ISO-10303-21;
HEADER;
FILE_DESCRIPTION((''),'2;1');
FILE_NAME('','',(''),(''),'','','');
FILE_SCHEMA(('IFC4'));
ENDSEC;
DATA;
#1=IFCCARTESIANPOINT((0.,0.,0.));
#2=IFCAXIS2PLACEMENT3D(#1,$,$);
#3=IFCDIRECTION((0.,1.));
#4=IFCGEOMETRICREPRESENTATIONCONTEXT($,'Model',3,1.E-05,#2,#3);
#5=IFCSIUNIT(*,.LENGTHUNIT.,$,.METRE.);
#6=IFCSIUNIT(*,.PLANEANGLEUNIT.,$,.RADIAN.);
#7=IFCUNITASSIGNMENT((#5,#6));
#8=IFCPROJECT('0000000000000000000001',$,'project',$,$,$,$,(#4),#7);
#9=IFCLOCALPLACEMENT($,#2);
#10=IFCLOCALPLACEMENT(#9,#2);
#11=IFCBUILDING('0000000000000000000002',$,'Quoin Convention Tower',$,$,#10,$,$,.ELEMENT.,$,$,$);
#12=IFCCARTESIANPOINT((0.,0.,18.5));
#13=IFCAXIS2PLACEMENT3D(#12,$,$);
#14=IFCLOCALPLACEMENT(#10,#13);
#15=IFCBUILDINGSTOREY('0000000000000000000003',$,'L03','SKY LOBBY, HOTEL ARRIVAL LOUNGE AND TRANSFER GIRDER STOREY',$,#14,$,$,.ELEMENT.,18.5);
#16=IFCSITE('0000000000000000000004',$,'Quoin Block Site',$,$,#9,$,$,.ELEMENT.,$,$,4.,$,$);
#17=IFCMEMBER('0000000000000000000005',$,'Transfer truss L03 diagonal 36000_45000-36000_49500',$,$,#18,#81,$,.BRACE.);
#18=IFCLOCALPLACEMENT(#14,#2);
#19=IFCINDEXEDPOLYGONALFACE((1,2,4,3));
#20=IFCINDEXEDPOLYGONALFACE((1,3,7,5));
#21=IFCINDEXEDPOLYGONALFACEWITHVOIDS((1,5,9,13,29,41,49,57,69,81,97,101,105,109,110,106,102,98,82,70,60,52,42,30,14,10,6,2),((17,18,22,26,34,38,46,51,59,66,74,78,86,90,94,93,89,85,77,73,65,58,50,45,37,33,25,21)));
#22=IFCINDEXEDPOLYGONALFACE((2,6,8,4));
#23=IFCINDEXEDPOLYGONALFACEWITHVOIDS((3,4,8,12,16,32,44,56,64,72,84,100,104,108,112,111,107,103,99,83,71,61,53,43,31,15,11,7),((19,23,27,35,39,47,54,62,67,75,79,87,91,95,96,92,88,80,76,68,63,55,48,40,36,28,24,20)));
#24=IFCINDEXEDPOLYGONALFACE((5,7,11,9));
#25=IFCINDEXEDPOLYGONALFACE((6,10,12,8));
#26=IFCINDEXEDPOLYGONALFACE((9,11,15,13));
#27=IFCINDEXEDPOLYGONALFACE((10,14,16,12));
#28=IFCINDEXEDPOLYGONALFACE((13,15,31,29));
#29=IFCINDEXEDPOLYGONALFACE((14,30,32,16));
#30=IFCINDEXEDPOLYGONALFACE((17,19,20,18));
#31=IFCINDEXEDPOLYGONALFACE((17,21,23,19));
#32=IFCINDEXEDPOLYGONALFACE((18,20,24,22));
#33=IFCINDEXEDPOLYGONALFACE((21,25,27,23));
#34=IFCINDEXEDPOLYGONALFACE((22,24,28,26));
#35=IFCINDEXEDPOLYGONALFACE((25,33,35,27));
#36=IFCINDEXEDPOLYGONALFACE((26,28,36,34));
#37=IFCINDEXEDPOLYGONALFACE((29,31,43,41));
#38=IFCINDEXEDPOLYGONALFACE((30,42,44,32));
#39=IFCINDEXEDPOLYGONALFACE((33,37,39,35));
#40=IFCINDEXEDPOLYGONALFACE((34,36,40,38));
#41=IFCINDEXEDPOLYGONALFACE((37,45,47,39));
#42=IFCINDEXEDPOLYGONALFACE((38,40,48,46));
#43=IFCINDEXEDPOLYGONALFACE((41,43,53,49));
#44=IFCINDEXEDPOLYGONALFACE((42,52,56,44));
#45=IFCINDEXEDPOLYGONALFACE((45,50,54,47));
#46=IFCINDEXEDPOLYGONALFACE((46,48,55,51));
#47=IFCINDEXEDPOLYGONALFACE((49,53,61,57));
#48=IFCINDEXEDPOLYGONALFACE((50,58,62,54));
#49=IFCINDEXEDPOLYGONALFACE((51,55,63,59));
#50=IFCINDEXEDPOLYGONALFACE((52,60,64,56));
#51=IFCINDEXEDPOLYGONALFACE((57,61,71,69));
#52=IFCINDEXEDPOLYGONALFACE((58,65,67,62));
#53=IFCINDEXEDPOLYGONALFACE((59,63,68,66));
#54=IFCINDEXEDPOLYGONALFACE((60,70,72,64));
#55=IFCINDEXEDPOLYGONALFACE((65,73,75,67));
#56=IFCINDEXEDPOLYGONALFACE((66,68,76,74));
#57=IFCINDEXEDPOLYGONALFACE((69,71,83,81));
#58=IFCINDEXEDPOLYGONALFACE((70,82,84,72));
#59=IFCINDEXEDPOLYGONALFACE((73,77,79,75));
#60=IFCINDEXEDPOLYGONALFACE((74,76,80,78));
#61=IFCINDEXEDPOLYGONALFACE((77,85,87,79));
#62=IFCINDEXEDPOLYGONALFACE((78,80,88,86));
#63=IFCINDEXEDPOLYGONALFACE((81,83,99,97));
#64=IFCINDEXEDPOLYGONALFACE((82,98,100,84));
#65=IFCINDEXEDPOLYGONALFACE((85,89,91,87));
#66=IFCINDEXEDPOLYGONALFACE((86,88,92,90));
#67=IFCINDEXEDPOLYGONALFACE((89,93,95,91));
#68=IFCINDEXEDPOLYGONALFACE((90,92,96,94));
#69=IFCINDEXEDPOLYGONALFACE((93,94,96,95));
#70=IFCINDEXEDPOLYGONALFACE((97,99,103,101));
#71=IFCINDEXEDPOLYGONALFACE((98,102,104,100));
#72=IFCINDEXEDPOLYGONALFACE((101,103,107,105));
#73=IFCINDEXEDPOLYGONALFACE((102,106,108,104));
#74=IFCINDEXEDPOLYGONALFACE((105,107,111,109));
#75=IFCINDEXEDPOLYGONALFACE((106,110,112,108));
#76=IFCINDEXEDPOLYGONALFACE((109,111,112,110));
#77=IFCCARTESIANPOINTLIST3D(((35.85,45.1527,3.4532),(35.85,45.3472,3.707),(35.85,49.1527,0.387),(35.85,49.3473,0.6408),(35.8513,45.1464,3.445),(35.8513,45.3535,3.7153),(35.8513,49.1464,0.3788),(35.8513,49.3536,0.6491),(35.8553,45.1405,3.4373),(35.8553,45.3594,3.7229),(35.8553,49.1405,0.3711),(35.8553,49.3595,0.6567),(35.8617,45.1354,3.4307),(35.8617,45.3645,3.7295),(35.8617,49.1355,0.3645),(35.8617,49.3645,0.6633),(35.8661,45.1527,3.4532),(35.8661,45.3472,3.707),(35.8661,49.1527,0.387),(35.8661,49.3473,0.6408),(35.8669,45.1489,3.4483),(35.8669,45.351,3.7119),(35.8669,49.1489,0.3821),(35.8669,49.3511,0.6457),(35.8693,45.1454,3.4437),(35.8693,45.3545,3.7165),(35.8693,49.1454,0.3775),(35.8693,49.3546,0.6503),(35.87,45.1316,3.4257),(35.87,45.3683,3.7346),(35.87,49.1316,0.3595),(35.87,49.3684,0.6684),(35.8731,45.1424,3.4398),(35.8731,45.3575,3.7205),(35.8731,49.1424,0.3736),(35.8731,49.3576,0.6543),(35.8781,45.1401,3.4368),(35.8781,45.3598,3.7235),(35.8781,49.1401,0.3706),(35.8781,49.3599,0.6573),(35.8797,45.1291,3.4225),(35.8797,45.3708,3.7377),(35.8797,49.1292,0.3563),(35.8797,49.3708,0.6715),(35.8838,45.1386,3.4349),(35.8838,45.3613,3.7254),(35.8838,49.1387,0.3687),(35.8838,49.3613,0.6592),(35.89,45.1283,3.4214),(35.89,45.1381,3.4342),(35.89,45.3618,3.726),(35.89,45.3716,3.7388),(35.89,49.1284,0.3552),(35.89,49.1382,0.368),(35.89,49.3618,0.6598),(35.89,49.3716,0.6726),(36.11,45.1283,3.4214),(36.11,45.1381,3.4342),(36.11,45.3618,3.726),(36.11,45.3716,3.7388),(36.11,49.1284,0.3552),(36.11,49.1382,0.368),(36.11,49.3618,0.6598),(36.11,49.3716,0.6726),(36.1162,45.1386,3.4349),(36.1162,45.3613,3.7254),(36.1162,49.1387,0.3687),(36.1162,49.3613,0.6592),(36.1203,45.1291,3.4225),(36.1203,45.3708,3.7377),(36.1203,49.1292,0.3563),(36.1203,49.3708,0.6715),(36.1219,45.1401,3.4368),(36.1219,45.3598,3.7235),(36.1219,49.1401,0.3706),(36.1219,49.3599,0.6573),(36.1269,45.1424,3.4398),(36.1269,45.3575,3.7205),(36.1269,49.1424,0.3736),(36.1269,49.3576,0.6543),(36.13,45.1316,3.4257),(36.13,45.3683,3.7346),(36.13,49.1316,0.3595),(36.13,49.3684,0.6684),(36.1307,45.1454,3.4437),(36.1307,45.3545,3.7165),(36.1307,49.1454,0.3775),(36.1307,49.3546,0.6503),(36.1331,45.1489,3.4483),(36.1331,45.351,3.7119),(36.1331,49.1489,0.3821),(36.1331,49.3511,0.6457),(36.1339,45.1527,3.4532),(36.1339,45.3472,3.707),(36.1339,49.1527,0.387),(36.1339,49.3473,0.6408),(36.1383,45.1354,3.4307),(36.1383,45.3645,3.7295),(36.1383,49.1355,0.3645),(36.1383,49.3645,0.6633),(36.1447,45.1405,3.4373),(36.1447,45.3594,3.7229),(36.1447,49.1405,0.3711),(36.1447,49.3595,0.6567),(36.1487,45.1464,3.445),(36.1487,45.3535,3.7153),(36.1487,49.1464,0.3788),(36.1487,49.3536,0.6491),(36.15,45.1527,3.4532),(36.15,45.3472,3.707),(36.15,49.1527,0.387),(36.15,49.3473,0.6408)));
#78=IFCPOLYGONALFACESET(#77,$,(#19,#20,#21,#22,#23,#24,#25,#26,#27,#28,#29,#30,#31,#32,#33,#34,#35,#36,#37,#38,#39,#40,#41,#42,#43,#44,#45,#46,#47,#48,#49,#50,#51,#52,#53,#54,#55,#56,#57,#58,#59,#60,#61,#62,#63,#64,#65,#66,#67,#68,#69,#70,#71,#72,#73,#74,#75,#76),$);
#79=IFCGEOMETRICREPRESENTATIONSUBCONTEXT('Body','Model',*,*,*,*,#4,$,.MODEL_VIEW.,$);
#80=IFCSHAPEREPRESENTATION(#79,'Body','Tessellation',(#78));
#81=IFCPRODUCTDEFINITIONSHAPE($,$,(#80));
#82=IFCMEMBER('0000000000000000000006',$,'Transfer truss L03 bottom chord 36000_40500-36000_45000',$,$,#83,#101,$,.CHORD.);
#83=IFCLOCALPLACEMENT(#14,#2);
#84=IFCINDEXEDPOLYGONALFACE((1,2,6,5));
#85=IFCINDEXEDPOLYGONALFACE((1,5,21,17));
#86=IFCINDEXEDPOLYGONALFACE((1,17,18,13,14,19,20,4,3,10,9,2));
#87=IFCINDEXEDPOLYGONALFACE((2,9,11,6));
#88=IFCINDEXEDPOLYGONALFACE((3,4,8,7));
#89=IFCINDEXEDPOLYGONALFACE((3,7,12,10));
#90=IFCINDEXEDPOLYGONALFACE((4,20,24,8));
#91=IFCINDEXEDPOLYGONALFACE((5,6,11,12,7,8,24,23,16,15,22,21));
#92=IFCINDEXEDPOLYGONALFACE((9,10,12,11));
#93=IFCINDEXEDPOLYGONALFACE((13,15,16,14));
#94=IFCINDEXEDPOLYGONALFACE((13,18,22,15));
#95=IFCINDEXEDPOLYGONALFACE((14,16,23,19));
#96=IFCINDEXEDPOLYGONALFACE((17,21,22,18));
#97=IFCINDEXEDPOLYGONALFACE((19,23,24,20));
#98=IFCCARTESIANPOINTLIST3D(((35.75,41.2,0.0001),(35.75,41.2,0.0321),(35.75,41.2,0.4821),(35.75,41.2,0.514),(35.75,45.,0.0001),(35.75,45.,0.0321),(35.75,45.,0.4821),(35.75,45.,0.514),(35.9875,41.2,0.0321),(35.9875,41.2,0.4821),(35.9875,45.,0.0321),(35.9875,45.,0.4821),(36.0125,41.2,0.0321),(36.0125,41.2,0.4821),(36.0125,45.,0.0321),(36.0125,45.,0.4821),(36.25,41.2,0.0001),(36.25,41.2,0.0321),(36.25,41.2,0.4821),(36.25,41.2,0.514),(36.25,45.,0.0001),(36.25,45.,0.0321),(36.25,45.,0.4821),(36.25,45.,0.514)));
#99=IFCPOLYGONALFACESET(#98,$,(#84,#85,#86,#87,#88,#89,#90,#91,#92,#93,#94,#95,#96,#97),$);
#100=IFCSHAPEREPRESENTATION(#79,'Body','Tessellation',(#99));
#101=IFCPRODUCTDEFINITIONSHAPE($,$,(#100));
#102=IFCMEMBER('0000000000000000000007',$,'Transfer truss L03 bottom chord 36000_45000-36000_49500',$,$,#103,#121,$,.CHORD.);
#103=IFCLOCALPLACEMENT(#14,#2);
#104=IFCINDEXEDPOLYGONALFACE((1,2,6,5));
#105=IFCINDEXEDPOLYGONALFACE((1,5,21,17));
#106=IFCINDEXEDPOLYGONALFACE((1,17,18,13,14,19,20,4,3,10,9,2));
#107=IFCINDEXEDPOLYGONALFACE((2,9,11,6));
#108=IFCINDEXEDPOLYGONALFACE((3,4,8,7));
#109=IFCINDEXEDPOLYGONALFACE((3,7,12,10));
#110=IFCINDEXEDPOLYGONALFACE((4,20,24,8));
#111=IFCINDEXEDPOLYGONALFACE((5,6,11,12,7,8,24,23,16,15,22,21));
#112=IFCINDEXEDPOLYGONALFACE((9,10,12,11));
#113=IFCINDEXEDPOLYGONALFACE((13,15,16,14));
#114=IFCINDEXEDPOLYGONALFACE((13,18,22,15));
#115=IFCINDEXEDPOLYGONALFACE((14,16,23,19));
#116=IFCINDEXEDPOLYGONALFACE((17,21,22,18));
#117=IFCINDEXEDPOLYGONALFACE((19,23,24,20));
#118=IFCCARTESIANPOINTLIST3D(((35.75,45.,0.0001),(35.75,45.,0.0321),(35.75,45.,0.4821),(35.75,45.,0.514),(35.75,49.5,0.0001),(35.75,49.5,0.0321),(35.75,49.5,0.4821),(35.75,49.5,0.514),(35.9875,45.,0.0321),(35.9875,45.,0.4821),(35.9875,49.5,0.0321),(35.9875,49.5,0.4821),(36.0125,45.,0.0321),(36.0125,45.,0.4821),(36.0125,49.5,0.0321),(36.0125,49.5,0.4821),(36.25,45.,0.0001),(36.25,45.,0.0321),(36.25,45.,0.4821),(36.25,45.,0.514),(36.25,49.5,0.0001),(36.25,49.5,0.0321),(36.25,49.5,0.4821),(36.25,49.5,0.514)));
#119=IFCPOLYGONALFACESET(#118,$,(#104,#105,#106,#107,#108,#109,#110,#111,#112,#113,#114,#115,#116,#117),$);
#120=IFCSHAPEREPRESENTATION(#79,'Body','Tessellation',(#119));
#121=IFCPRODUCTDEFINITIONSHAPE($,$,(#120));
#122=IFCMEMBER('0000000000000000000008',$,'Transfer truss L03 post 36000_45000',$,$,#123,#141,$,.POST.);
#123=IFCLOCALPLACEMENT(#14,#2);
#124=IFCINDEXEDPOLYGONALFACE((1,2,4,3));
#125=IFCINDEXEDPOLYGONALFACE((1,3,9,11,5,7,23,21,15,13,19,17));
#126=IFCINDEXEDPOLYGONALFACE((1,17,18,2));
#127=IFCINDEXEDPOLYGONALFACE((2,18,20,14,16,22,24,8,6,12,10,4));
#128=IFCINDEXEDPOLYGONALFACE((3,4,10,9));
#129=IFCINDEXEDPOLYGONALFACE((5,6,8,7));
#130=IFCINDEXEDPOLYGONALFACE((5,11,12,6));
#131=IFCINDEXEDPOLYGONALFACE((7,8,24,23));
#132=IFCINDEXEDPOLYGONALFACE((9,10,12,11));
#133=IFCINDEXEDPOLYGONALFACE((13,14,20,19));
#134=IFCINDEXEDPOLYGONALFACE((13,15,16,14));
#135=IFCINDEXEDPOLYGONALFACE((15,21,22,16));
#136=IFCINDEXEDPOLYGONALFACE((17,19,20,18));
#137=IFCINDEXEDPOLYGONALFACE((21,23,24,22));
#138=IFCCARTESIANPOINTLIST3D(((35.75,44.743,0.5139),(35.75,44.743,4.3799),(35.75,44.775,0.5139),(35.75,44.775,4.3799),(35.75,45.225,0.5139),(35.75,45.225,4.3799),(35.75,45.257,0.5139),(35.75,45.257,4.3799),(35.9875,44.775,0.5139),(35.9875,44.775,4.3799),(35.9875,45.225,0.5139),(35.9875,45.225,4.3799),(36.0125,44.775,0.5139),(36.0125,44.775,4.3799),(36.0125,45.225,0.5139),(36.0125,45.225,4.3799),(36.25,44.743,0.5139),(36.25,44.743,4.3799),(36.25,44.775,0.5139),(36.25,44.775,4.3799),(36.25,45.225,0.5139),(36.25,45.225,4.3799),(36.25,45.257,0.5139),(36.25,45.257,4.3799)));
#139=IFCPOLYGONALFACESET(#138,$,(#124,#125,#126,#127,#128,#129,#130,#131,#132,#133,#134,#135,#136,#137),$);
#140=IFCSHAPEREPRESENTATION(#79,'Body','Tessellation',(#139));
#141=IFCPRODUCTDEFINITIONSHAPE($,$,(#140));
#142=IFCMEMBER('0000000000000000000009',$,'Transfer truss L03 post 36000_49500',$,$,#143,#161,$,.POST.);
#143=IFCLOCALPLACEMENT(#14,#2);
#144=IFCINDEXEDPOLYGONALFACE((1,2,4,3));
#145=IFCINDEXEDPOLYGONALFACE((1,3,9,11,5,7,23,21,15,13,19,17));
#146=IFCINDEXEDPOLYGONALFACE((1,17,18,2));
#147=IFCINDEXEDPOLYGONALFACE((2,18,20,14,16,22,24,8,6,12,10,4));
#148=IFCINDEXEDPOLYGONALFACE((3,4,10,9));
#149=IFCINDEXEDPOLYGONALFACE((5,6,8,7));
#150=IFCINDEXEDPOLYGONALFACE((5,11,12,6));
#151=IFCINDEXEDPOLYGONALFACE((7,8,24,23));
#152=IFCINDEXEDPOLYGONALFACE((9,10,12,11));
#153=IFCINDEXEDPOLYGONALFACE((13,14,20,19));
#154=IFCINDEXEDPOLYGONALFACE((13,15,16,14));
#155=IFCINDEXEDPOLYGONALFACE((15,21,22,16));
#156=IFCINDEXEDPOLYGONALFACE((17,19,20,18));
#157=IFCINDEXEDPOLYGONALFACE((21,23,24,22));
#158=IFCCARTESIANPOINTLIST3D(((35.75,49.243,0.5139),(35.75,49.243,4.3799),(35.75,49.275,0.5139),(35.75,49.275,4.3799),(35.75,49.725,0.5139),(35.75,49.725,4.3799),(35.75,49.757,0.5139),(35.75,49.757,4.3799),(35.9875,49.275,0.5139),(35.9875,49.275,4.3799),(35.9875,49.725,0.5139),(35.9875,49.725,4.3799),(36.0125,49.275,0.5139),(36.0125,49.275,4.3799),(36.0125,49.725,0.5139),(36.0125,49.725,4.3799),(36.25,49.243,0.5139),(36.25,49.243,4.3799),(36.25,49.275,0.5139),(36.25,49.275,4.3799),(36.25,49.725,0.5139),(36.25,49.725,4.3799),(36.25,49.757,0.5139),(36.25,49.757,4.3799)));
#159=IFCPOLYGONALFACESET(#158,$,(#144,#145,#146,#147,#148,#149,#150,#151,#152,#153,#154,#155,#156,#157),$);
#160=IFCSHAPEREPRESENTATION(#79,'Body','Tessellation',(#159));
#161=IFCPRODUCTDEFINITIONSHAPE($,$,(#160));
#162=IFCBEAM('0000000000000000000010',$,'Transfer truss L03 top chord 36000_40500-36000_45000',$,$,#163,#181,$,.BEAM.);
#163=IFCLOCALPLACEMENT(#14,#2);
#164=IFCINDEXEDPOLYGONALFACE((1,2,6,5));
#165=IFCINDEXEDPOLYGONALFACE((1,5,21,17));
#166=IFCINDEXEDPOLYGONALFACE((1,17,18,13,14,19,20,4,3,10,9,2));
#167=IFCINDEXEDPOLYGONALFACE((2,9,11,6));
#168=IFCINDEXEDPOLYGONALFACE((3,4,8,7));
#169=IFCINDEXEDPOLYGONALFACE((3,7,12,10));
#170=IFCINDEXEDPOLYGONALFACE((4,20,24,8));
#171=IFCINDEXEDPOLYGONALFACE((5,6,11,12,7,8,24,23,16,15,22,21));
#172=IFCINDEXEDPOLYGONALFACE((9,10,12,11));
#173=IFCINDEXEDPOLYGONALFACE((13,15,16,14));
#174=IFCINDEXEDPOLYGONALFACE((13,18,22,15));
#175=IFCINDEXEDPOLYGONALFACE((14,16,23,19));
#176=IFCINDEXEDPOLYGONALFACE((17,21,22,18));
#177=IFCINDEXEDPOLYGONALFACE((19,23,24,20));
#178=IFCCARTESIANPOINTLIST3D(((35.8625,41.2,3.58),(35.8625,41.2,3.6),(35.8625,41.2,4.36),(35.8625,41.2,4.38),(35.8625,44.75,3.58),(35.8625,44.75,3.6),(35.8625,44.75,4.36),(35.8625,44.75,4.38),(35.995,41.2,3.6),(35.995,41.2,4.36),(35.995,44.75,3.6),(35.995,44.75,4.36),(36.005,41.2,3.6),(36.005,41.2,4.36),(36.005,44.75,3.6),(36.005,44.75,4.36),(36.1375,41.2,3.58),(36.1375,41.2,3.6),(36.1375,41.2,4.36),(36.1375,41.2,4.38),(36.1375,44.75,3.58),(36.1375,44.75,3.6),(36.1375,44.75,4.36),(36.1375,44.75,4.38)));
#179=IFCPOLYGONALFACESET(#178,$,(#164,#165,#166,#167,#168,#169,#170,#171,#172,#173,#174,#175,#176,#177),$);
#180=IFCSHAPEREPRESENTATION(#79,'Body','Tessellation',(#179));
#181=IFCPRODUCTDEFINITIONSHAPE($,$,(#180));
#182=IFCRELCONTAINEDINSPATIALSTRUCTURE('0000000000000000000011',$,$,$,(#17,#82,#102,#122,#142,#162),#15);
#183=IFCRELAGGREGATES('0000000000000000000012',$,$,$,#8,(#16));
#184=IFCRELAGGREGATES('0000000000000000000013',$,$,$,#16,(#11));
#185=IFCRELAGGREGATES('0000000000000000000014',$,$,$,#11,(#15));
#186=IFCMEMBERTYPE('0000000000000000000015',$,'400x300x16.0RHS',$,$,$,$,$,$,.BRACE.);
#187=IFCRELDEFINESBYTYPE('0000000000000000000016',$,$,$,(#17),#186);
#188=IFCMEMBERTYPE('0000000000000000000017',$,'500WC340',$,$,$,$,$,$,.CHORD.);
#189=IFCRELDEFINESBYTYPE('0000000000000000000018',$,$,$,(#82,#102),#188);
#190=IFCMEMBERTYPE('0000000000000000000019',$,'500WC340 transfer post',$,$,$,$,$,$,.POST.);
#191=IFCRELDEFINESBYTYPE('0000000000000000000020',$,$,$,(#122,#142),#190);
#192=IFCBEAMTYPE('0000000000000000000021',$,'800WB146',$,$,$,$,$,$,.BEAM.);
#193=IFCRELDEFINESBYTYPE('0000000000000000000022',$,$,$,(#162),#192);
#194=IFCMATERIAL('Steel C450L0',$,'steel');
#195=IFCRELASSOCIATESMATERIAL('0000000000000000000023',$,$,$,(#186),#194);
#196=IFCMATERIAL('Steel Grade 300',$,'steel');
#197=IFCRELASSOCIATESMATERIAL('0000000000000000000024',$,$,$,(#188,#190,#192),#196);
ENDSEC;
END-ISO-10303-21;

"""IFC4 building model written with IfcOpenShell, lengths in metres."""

from ifc_helpers import new_model, si_unit, direction, frame, origin, origin_2d, place, context, subcontext, project, spatial, hollow_rectangle, i_section, extrude, material, material_profile, profile_set, type_object, element, save


model = new_model("IFC4")

# Units and contexts
model_context = context("Model", 3, precision=1e-05, world=origin(), true_north=direction((0.0, 1.0)))
body_context = subcontext(model_context, "Body", "Model", "MODEL_VIEW")
ifc_project = project(units=[si_unit("LENGTHUNIT", "METRE"), si_unit("PLANEANGLEUNIT", "RADIAN")], contexts=[model_context])

# Site, building, storey
site_placement = place(None, origin())
site = spatial("IfcSite", under=ifc_project, at=site_placement, Name="Quoin Block Site", CompositionType="ELEMENT", RefElevation=4.0)
building_placement = place(site_placement, origin())
building = spatial("IfcBuilding", under=site, at=building_placement, Name="Quoin Convention Tower", CompositionType="ELEMENT")
storey_placement = place(building_placement, frame((0.0, 0.0, 18.5)))
storey = spatial("IfcBuildingStorey", under=building, at=storey_placement, Name="L03", Description="SKY LOBBY, HOTEL ARRIVAL LOUNGE AND TRANSFER GIRDER STOREY", CompositionType="ELEMENT", Elevation=18.5)

# Members
ifc_material_1 = material(Name="Steel C450L0", Category="steel")
ifc_material_profile_1 = material_profile(ifc_material_1, hollow_rectangle(XDim=0.3, YDim=0.3999, WallThickness=0.0161, InnerFilletRadius=0.0239, OuterFilletRadius=0.04, at=origin_2d()), Name="400x300x16.0RHS")
ifc_profile_set_1 = profile_set([ifc_material_profile_1], Name="Steel C450L0")
member_type_1 = type_object("IfcMemberType", Name="400x300x16.0RHS", PredefinedType="BRACE", material=ifc_profile_set_1)
member_1_placement = place(storey_placement, frame((36.0, 49.25, 0.5139), z_axis=(0.0, -0.793655, 0.608368), x_axis=(1.0, 0.0, 0.0)))
element("IfcMember", 1, at=member_1_placement, inside=storey, type_object=member_type_1, Name="Transfer truss L03 diagonal 36000_45000-36000_49500", PredefinedType="BRACE", context=body_context, shape_type="SweptSolid", body=[
    extrude(hollow_rectangle(XDim=0.3, YDim=0.3999, WallThickness=0.0161, InnerFilletRadius=0.0239, OuterFilletRadius=0.04, at=origin_2d()), origin(), (0.0, 0.0, 1.0), 5.04),
])
ifc_material_2 = material(Name="Steel Grade 300", Category="steel")
ifc_material_profile_2 = material_profile(ifc_material_2, i_section(OverallWidth=0.5, OverallDepth=0.5139, WebThickness=0.0249, FlangeThickness=0.032, at=origin_2d()), Name="500WC340")
ifc_profile_set_2 = profile_set([ifc_material_profile_2], Name="Steel Grade 300")
member_type_2 = type_object("IfcMemberType", Name="500WC340", PredefinedType="CHORD", material=ifc_profile_set_2)
member_2_placement = place(storey_placement, frame((36.0, 41.2, 0.2571), z_axis=(0.0, 1.0, 0.0), x_axis=(-1.0, 0.0, 0.0)))
element("IfcMember", 2, at=member_2_placement, inside=storey, type_object=member_type_2, Name="Transfer truss L03 bottom chord 36000_40500-36000_45000", PredefinedType="CHORD", context=body_context, shape_type="SweptSolid", body=[
    extrude(i_section(OverallWidth=0.5, OverallDepth=0.5139, WebThickness=0.0249, FlangeThickness=0.032, at=origin_2d()), origin(), (0.0, 0.0, 1.0), 3.8),
])
member_3_placement = place(storey_placement, frame((36.0, 45.0, 0.2571), z_axis=(0.0, 1.0, 0.0), x_axis=(-1.0, 0.0, 0.0)))
element("IfcMember", 3, at=member_3_placement, inside=storey, type_object=member_type_2, Name="Transfer truss L03 bottom chord 36000_45000-36000_49500", PredefinedType="CHORD", context=body_context, shape_type="SweptSolid", body=[
    extrude(i_section(OverallWidth=0.5, OverallDepth=0.5139, WebThickness=0.0249, FlangeThickness=0.032, at=origin_2d()), origin(), (0.0, 0.0, 1.0), 4.5),
])
ifc_material_profile_3 = material_profile(ifc_material_2, i_section(OverallWidth=0.5, OverallDepth=0.5139, WebThickness=0.0249, FlangeThickness=0.032, at=origin_2d()), Name="500WC340")
ifc_profile_set_3 = profile_set([ifc_material_profile_3], Name="Steel Grade 300")
member_type_3 = type_object("IfcMemberType", Name="500WC340 transfer post", PredefinedType="POST", material=ifc_profile_set_3)
for number, where, z_axis, x_axis, name in (
    (4, (36.0, 45.0, 0.5139), (0.0, 0.0, 1.0), (1.0, 0.0, 0.0), "Transfer truss L03 post 36000_45000"),
    (5, (36.0, 49.5, 0.5139), (0.0, 0.0, 1.0), (1.0, 0.0, 0.0), "Transfer truss L03 post 36000_49500"),
):
    element("IfcMember", number, at=place(storey_placement, frame(where, z_axis=z_axis, x_axis=x_axis)), inside=storey, type_object=member_type_3, Name=name, PredefinedType="POST", context=body_context, shape_type="SweptSolid", body=[
        extrude(i_section(OverallWidth=0.5, OverallDepth=0.5139, WebThickness=0.0249, FlangeThickness=0.032, at=origin_2d()), origin(), (0.0, 0.0, 1.0), 3.866),
    ])

# Beam
ifc_material_profile_4 = material_profile(ifc_material_2, i_section(OverallWidth=0.2749, OverallDepth=0.8, WebThickness=0.01, FlangeThickness=0.02, at=origin_2d()), Name="800WB146")
ifc_profile_set_4 = profile_set([ifc_material_profile_4], Name="Steel Grade 300")
beam_type_1 = type_object("IfcBeamType", Name="800WB146", PredefinedType="BEAM", material=ifc_profile_set_4)
beam_1_placement = place(storey_placement, frame((36.0, 41.2, 3.98), z_axis=(0.0, 1.0, 0.0), x_axis=(-1.0, 0.0, 0.0)))
element("IfcBeam", 6, at=beam_1_placement, inside=storey, type_object=beam_type_1, Name="Transfer truss L03 top chord 36000_40500-36000_45000", PredefinedType="BEAM", context=body_context, shape_type="SweptSolid", body=[
    extrude(i_section(OverallWidth=0.2749, OverallDepth=0.8, WebThickness=0.01, FlangeThickness=0.02, at=origin_2d()), origin(), (0.0, 0.0, 1.0), 3.55),
])

save(model, "model.ifc")
